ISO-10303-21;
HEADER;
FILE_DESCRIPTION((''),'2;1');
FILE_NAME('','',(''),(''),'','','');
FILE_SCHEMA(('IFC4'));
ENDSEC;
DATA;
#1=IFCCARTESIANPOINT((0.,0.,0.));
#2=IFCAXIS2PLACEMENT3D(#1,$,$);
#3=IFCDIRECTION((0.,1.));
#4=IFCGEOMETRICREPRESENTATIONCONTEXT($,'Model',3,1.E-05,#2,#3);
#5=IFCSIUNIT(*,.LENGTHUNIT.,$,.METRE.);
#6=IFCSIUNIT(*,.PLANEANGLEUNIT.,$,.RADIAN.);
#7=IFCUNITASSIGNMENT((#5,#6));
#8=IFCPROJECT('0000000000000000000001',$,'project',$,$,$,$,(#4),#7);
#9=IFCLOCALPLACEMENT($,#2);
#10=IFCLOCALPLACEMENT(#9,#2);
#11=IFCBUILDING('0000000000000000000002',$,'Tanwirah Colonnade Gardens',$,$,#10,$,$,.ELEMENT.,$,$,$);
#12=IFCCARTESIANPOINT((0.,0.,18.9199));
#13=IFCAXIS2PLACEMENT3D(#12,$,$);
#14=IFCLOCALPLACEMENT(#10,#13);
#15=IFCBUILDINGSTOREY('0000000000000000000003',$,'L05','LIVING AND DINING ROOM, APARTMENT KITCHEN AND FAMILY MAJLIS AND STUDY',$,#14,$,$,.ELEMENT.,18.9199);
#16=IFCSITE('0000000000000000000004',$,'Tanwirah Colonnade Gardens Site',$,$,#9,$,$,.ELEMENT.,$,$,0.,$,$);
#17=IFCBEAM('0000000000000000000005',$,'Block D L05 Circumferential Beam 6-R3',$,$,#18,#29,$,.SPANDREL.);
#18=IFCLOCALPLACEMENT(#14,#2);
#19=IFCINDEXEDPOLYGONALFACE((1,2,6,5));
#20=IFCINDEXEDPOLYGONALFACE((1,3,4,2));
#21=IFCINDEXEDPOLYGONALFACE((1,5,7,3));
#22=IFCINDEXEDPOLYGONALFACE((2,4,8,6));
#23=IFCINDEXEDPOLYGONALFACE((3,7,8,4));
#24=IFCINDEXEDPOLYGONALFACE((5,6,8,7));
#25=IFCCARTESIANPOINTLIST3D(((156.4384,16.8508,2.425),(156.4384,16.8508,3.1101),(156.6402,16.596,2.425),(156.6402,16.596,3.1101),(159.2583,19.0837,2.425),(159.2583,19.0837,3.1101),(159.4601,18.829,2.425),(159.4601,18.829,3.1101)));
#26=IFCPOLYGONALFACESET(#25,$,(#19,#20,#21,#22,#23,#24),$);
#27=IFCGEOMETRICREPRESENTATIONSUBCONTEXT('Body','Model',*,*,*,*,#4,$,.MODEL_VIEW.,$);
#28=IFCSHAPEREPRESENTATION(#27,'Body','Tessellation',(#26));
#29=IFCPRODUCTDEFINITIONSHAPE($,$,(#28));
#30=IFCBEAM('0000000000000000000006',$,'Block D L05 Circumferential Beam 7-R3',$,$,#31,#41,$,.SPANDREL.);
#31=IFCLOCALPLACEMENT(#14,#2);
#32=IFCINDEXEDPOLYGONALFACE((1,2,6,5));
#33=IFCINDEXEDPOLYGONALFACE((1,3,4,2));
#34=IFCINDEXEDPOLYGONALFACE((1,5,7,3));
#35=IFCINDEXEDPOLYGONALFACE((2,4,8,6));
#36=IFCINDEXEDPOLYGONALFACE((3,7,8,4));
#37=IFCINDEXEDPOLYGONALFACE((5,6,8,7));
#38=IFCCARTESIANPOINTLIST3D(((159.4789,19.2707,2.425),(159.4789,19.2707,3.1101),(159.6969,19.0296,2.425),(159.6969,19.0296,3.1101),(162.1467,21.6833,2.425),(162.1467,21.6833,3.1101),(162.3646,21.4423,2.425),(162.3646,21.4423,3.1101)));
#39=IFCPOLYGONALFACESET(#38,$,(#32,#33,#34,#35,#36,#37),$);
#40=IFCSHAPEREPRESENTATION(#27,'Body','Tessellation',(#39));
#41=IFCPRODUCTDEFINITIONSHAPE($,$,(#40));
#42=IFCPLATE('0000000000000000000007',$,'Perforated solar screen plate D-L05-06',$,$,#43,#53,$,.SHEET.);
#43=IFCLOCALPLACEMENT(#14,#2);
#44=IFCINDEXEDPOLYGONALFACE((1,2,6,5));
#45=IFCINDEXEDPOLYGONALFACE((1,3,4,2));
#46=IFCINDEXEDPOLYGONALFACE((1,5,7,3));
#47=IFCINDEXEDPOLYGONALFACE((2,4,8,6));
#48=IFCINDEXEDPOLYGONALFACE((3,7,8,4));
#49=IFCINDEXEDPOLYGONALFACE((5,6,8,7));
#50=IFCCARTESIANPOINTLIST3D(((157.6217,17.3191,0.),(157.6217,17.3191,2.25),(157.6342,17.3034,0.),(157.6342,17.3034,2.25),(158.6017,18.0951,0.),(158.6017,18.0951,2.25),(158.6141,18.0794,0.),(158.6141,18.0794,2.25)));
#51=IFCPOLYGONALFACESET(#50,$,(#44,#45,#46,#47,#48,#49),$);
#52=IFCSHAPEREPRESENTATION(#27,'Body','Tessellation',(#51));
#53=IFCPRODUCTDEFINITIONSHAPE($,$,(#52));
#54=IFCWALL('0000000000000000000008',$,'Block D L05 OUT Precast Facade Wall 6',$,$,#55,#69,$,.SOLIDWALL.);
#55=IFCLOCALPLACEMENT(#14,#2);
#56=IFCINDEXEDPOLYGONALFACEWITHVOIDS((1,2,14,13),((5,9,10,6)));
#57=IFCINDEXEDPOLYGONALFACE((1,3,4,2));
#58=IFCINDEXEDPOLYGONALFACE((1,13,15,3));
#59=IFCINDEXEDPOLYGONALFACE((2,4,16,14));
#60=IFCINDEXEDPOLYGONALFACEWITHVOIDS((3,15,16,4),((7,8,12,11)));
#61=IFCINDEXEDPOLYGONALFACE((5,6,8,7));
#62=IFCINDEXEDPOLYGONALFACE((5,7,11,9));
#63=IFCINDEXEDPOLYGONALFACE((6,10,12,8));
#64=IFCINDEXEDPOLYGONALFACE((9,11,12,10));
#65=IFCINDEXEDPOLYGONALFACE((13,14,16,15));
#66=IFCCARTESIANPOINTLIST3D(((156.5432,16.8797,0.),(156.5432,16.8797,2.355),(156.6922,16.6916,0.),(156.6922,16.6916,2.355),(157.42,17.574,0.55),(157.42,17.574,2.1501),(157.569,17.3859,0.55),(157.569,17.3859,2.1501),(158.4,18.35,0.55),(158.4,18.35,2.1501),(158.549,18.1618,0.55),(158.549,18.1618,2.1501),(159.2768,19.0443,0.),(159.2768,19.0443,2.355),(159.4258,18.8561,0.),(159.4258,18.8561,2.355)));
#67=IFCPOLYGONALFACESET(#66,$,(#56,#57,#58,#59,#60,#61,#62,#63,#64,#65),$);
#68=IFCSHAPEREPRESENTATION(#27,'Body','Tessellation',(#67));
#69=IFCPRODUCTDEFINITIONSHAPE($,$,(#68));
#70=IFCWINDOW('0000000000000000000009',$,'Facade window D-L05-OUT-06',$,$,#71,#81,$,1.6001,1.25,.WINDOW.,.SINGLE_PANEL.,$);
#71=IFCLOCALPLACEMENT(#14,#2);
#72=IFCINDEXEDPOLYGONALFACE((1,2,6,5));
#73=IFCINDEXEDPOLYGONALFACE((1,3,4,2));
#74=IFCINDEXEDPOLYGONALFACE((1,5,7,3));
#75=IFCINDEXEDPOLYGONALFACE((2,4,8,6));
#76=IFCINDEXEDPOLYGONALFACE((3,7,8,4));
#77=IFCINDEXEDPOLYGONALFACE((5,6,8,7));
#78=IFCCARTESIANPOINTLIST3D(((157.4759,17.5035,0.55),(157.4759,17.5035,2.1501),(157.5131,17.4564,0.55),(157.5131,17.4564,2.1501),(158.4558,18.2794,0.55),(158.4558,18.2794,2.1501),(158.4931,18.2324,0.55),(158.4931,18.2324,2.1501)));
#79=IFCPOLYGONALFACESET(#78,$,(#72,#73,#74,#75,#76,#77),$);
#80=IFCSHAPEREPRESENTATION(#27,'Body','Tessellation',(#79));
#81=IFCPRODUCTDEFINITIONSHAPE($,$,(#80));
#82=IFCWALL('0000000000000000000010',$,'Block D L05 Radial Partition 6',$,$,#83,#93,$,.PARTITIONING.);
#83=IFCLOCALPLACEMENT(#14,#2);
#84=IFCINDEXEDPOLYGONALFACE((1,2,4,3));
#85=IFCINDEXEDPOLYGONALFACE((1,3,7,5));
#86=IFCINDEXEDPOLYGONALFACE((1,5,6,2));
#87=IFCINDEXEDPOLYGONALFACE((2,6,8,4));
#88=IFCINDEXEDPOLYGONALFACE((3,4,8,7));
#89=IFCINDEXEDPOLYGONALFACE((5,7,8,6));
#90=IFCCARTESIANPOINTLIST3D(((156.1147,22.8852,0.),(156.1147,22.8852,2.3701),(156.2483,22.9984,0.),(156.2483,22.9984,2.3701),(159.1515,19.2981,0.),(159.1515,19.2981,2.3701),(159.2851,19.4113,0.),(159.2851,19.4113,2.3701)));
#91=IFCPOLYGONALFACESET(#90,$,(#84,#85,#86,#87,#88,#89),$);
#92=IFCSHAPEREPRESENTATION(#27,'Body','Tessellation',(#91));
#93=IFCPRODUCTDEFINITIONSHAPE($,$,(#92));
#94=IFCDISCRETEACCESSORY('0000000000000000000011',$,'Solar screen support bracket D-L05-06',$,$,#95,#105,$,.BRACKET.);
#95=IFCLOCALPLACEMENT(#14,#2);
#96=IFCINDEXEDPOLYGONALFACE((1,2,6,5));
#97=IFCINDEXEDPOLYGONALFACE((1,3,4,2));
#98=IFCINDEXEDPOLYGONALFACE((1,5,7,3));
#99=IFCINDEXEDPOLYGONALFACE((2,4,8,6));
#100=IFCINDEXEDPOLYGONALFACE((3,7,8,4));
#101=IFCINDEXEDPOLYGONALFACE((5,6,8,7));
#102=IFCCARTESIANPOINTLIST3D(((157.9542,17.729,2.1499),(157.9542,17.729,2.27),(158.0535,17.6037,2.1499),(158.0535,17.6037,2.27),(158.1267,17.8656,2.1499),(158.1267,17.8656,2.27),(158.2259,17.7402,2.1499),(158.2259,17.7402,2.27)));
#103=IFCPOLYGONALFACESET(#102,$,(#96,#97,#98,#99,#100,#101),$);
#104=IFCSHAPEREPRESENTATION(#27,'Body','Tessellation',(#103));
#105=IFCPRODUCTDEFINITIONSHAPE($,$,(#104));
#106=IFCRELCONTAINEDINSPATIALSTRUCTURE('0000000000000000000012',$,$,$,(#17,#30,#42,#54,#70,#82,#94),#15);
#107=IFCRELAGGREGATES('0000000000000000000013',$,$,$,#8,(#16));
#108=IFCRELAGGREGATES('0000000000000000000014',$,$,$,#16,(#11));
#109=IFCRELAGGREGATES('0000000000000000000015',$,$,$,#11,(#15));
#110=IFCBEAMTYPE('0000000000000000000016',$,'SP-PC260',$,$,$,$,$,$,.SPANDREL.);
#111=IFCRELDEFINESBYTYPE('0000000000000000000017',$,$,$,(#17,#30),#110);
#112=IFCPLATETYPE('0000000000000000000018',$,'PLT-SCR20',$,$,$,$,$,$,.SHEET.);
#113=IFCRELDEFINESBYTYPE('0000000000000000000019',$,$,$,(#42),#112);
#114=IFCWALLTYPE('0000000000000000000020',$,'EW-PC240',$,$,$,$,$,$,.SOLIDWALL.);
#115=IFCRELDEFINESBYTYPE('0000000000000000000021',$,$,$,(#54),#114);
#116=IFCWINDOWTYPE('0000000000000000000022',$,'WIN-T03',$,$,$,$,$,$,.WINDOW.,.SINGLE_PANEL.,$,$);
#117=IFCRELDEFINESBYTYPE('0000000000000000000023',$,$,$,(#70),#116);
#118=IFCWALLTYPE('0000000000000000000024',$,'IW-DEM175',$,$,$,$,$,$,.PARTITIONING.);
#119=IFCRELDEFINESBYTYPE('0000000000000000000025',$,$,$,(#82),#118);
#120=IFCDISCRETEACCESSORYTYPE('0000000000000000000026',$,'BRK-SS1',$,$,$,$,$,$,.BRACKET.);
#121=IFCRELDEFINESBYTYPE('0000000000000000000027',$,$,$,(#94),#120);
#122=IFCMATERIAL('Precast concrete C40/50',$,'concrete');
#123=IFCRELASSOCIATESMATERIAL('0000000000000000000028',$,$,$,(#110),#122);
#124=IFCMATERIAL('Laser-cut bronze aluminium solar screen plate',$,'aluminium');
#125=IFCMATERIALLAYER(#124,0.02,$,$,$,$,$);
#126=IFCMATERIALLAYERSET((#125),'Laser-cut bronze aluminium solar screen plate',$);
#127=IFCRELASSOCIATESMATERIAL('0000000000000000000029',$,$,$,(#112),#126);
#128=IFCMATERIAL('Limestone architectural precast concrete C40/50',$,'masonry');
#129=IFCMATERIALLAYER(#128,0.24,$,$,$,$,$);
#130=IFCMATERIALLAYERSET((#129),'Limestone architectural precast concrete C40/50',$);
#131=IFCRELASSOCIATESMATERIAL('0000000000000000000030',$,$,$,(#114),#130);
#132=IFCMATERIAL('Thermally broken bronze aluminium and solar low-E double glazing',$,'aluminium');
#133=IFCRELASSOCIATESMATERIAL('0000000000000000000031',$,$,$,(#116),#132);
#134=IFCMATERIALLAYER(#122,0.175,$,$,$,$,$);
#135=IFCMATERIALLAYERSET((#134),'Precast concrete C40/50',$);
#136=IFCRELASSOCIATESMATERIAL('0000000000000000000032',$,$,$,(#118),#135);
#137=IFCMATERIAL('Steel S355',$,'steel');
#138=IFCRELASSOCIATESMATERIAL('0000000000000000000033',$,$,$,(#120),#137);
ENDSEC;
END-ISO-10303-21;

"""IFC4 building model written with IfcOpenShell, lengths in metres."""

from ifc_helpers import new_model, si_unit, direction, frame, frame_2d, origin, origin_2d, place, context, subcontext, project, spatial, rectangle, extrude, material, layer, layer_set, material_profile, profile_set, type_object, element, fill, save


model = new_model("IFC4")

# Units and contexts
model_context = context("Model", 3, precision=1e-05, world=origin(), true_north=direction((0.0, 1.0)))
body_context = subcontext(model_context, "Body", "Model", "MODEL_VIEW")
ifc_project = project(units=[si_unit("LENGTHUNIT", "METRE"), si_unit("PLANEANGLEUNIT", "RADIAN")], contexts=[model_context])

# Site, building, storey
site_placement = place(None, origin())
site = spatial("IfcSite", under=ifc_project, at=site_placement, Name="Tanwirah Colonnade Gardens Site", CompositionType="ELEMENT", RefElevation=0.0)
building_placement = place(site_placement, origin())
building = spatial("IfcBuilding", under=site, at=building_placement, Name="Tanwirah Colonnade Gardens", CompositionType="ELEMENT")
storey_placement = place(building_placement, frame((0.0, 0.0, 18.9199)))
storey = spatial("IfcBuildingStorey", under=building, at=storey_placement, Name="L05", Description="LIVING AND DINING ROOM, APARTMENT KITCHEN AND FAMILY MAJLIS AND STUDY", CompositionType="ELEMENT", Elevation=18.9199)

# Shared definitions
ifc_material_1 = material(Name="Precast concrete C40/50", Category="concrete")

# Beams
ifc_material_profile_1 = material_profile(ifc_material_1, rectangle(XDim=0.325, YDim=0.6851, at=origin_2d()), Name="PC-SP 325x685")
ifc_profile_set_1 = profile_set([ifc_material_profile_1], Name="Precast concrete C40/50")
beam_type_1 = type_object("IfcBeamType", Name="SP-PC260", PredefinedType="SPANDREL", material=ifc_profile_set_1)
for number, where, z_axis, x_axis, name in (
    (1, (156.5393, 16.7234, 2.7676), (0.783971, 0.620797, 0.0), (-0.620797, 0.783971, 0.0), "Block D L05 Circumferential Beam 6-R3"),
    (2, (159.5879, 19.1501, 2.7676), (0.741682, 0.670752, 0.0), (-0.670752, 0.741682, 0.0), "Block D L05 Circumferential Beam 7-R3"),
):
    element("IfcBeam", number, at=place(storey_placement, frame(where, z_axis=z_axis, x_axis=x_axis)), inside=storey, type_object=beam_type_1, Name=name, PredefinedType="SPANDREL", context=body_context, shape_type="SweptSolid", body=[
        extrude(rectangle(XDim=0.325, YDim=0.6851, at=origin_2d()), origin(), (0.0, 0.0, 1.0), 3.5969),
    ])

# Plate
ifc_material_2 = material(Name="Laser-cut bronze aluminium solar screen plate", Category="aluminium")
ifc_layer_1 = layer(ifc_material_2, 0.02)
ifc_layer_set_1 = layer_set([ifc_layer_1], Name="Laser-cut bronze aluminium solar screen plate")
plate_type = type_object("IfcPlateType", Name="PLT-SCR20", PredefinedType="SHEET", material=ifc_layer_set_1)
plate_placement = place(storey_placement, frame((158.1179, 17.6992, 0.0), z_axis=(0.0, 0.0, 1.0), x_axis=(0.783965, 0.620805, 0.0)))
element("IfcPlate", 3, at=plate_placement, inside=storey, type_object=plate_type, Name="Perforated solar screen plate D-L05-06", PredefinedType="SHEET", context=body_context, shape_type="SweptSolid", body=[
    extrude(rectangle(XDim=1.25, YDim=0.02, at=origin_2d()), origin(), (0.0, 0.0, 1.0), 2.25),
])

# Wall, opening, window
ifc_material_3 = material(Name="Limestone architectural precast concrete C40/50", Category="masonry")
ifc_layer_2 = layer(ifc_material_3, 0.24)
ifc_layer_set_2 = layer_set([ifc_layer_2], Name="Limestone architectural precast concrete C40/50")
wall_type_1 = type_object("IfcWallType", Name="EW-PC240", PredefinedType="SOLIDWALL", material=ifc_layer_set_2)
wall_1_placement = place(storey_placement, frame((156.6177, 16.7856, 0.0), z_axis=(0.0, 0.0, 1.0), x_axis=(0.783988, 0.620776, 0.0)))
wall_1 = element("IfcWall", 4, at=wall_1_placement, inside=storey, type_object=wall_type_1, Name="Block D L05 OUT Precast Facade Wall 6", PredefinedType="SOLIDWALL", context=body_context, shape_type="SweptSolid", body=[
    extrude(rectangle(XDim=3.4868, YDim=0.24, at=frame_2d((1.7434, 0.0))), origin(), (0.0, 0.0, 1.0), 2.355),
])
opening_1_placement = place(wall_1_placement, frame((1.1184, 0.0, 0.55)))
opening_1 = element("IfcOpeningElement", 5, at=opening_1_placement, cuts=wall_1, PredefinedType="OPENING", context=body_context, shape_type="SweptSolid", body=[
    extrude(rectangle(XDim=1.25, YDim=1.6001, at=frame_2d((0.625, 0.8))), frame((0.0, 0.1299, 0.0), z_axis=(0.0, -1.0, 0.0), x_axis=(1.0, 0.0, 0.0)), (0.0, 0.0, 1.0), 0.26),
])
ifc_material_4 = material(Name="Thermally broken bronze aluminium and solar low-E double glazing", Category="aluminium")
window_type = type_object("IfcWindowType", Name="WIN-T03", PartitioningType="SINGLE_PANEL", PredefinedType="WINDOW", material=ifc_material_4)
window_placement = place(opening_1_placement, origin())
window = element("IfcWindow", 6, at=window_placement, inside=storey, type_object=window_type, Name="Facade window D-L05-OUT-06", OverallHeight=1.6001, OverallWidth=1.25, PartitioningType="SINGLE_PANEL", PredefinedType="WINDOW", context=body_context, shape_type="SweptSolid", body=[
    extrude(rectangle(XDim=1.25, YDim=1.6001, at=frame_2d((0.625, 0.8))), frame((0.0, 0.03, 0.0), z_axis=(0.0, -1.0, 0.0), x_axis=(1.0, 0.0, 0.0)), (0.0, 0.0, 1.0), 0.0601),
])
fill(opening_1, window)

# Wall
ifc_layer_3 = layer(ifc_material_1, 0.175)
ifc_layer_set_3 = layer_set([ifc_layer_3], Name="Precast concrete C40/50")
wall_type_2 = type_object("IfcWallType", Name="IW-DEM175", PredefinedType="PARTITIONING", material=ifc_layer_set_3)
wall_2_placement = place(storey_placement, frame((156.1814, 22.9419, 0.0), z_axis=(0.0, 0.0, 1.0), x_axis=(0.646138, -0.763221, 0.0)))
element("IfcWall", 7, at=wall_2_placement, inside=storey, type_object=wall_type_2, Name="Block D L05 Radial Partition 6", PredefinedType="PARTITIONING", context=body_context, shape_type="SweptSolid", body=[
    extrude(rectangle(XDim=4.7, YDim=0.175, at=frame_2d((2.3501, 0.0))), origin(), (0.0, 0.0, 1.0), 2.3701),
])

# Discrete accessory
ifc_material_5 = material(Name="Steel S355", Category="steel")
discrete_accessory_type = type_object("IfcDiscreteAccessoryType", Name="BRK-SS1", PredefinedType="BRACKET", material=ifc_material_5)
discrete_accessory_placement = place(storey_placement, frame((158.0901, 17.7346, 2.1499), z_axis=(0.0, 0.0, 1.0), x_axis=(0.783965, 0.620805, 0.0)))
element("IfcDiscreteAccessory", 8, at=discrete_accessory_placement, inside=storey, type_object=discrete_accessory_type, Name="Solar screen support bracket D-L05-06", PredefinedType="BRACKET", context=body_context, shape_type="SweptSolid", body=[
    extrude(rectangle(XDim=0.22, YDim=0.1599, at=origin_2d()), origin(), (0.0, 0.0, 1.0), 0.1201),
])

save(model, "model.ifc")
